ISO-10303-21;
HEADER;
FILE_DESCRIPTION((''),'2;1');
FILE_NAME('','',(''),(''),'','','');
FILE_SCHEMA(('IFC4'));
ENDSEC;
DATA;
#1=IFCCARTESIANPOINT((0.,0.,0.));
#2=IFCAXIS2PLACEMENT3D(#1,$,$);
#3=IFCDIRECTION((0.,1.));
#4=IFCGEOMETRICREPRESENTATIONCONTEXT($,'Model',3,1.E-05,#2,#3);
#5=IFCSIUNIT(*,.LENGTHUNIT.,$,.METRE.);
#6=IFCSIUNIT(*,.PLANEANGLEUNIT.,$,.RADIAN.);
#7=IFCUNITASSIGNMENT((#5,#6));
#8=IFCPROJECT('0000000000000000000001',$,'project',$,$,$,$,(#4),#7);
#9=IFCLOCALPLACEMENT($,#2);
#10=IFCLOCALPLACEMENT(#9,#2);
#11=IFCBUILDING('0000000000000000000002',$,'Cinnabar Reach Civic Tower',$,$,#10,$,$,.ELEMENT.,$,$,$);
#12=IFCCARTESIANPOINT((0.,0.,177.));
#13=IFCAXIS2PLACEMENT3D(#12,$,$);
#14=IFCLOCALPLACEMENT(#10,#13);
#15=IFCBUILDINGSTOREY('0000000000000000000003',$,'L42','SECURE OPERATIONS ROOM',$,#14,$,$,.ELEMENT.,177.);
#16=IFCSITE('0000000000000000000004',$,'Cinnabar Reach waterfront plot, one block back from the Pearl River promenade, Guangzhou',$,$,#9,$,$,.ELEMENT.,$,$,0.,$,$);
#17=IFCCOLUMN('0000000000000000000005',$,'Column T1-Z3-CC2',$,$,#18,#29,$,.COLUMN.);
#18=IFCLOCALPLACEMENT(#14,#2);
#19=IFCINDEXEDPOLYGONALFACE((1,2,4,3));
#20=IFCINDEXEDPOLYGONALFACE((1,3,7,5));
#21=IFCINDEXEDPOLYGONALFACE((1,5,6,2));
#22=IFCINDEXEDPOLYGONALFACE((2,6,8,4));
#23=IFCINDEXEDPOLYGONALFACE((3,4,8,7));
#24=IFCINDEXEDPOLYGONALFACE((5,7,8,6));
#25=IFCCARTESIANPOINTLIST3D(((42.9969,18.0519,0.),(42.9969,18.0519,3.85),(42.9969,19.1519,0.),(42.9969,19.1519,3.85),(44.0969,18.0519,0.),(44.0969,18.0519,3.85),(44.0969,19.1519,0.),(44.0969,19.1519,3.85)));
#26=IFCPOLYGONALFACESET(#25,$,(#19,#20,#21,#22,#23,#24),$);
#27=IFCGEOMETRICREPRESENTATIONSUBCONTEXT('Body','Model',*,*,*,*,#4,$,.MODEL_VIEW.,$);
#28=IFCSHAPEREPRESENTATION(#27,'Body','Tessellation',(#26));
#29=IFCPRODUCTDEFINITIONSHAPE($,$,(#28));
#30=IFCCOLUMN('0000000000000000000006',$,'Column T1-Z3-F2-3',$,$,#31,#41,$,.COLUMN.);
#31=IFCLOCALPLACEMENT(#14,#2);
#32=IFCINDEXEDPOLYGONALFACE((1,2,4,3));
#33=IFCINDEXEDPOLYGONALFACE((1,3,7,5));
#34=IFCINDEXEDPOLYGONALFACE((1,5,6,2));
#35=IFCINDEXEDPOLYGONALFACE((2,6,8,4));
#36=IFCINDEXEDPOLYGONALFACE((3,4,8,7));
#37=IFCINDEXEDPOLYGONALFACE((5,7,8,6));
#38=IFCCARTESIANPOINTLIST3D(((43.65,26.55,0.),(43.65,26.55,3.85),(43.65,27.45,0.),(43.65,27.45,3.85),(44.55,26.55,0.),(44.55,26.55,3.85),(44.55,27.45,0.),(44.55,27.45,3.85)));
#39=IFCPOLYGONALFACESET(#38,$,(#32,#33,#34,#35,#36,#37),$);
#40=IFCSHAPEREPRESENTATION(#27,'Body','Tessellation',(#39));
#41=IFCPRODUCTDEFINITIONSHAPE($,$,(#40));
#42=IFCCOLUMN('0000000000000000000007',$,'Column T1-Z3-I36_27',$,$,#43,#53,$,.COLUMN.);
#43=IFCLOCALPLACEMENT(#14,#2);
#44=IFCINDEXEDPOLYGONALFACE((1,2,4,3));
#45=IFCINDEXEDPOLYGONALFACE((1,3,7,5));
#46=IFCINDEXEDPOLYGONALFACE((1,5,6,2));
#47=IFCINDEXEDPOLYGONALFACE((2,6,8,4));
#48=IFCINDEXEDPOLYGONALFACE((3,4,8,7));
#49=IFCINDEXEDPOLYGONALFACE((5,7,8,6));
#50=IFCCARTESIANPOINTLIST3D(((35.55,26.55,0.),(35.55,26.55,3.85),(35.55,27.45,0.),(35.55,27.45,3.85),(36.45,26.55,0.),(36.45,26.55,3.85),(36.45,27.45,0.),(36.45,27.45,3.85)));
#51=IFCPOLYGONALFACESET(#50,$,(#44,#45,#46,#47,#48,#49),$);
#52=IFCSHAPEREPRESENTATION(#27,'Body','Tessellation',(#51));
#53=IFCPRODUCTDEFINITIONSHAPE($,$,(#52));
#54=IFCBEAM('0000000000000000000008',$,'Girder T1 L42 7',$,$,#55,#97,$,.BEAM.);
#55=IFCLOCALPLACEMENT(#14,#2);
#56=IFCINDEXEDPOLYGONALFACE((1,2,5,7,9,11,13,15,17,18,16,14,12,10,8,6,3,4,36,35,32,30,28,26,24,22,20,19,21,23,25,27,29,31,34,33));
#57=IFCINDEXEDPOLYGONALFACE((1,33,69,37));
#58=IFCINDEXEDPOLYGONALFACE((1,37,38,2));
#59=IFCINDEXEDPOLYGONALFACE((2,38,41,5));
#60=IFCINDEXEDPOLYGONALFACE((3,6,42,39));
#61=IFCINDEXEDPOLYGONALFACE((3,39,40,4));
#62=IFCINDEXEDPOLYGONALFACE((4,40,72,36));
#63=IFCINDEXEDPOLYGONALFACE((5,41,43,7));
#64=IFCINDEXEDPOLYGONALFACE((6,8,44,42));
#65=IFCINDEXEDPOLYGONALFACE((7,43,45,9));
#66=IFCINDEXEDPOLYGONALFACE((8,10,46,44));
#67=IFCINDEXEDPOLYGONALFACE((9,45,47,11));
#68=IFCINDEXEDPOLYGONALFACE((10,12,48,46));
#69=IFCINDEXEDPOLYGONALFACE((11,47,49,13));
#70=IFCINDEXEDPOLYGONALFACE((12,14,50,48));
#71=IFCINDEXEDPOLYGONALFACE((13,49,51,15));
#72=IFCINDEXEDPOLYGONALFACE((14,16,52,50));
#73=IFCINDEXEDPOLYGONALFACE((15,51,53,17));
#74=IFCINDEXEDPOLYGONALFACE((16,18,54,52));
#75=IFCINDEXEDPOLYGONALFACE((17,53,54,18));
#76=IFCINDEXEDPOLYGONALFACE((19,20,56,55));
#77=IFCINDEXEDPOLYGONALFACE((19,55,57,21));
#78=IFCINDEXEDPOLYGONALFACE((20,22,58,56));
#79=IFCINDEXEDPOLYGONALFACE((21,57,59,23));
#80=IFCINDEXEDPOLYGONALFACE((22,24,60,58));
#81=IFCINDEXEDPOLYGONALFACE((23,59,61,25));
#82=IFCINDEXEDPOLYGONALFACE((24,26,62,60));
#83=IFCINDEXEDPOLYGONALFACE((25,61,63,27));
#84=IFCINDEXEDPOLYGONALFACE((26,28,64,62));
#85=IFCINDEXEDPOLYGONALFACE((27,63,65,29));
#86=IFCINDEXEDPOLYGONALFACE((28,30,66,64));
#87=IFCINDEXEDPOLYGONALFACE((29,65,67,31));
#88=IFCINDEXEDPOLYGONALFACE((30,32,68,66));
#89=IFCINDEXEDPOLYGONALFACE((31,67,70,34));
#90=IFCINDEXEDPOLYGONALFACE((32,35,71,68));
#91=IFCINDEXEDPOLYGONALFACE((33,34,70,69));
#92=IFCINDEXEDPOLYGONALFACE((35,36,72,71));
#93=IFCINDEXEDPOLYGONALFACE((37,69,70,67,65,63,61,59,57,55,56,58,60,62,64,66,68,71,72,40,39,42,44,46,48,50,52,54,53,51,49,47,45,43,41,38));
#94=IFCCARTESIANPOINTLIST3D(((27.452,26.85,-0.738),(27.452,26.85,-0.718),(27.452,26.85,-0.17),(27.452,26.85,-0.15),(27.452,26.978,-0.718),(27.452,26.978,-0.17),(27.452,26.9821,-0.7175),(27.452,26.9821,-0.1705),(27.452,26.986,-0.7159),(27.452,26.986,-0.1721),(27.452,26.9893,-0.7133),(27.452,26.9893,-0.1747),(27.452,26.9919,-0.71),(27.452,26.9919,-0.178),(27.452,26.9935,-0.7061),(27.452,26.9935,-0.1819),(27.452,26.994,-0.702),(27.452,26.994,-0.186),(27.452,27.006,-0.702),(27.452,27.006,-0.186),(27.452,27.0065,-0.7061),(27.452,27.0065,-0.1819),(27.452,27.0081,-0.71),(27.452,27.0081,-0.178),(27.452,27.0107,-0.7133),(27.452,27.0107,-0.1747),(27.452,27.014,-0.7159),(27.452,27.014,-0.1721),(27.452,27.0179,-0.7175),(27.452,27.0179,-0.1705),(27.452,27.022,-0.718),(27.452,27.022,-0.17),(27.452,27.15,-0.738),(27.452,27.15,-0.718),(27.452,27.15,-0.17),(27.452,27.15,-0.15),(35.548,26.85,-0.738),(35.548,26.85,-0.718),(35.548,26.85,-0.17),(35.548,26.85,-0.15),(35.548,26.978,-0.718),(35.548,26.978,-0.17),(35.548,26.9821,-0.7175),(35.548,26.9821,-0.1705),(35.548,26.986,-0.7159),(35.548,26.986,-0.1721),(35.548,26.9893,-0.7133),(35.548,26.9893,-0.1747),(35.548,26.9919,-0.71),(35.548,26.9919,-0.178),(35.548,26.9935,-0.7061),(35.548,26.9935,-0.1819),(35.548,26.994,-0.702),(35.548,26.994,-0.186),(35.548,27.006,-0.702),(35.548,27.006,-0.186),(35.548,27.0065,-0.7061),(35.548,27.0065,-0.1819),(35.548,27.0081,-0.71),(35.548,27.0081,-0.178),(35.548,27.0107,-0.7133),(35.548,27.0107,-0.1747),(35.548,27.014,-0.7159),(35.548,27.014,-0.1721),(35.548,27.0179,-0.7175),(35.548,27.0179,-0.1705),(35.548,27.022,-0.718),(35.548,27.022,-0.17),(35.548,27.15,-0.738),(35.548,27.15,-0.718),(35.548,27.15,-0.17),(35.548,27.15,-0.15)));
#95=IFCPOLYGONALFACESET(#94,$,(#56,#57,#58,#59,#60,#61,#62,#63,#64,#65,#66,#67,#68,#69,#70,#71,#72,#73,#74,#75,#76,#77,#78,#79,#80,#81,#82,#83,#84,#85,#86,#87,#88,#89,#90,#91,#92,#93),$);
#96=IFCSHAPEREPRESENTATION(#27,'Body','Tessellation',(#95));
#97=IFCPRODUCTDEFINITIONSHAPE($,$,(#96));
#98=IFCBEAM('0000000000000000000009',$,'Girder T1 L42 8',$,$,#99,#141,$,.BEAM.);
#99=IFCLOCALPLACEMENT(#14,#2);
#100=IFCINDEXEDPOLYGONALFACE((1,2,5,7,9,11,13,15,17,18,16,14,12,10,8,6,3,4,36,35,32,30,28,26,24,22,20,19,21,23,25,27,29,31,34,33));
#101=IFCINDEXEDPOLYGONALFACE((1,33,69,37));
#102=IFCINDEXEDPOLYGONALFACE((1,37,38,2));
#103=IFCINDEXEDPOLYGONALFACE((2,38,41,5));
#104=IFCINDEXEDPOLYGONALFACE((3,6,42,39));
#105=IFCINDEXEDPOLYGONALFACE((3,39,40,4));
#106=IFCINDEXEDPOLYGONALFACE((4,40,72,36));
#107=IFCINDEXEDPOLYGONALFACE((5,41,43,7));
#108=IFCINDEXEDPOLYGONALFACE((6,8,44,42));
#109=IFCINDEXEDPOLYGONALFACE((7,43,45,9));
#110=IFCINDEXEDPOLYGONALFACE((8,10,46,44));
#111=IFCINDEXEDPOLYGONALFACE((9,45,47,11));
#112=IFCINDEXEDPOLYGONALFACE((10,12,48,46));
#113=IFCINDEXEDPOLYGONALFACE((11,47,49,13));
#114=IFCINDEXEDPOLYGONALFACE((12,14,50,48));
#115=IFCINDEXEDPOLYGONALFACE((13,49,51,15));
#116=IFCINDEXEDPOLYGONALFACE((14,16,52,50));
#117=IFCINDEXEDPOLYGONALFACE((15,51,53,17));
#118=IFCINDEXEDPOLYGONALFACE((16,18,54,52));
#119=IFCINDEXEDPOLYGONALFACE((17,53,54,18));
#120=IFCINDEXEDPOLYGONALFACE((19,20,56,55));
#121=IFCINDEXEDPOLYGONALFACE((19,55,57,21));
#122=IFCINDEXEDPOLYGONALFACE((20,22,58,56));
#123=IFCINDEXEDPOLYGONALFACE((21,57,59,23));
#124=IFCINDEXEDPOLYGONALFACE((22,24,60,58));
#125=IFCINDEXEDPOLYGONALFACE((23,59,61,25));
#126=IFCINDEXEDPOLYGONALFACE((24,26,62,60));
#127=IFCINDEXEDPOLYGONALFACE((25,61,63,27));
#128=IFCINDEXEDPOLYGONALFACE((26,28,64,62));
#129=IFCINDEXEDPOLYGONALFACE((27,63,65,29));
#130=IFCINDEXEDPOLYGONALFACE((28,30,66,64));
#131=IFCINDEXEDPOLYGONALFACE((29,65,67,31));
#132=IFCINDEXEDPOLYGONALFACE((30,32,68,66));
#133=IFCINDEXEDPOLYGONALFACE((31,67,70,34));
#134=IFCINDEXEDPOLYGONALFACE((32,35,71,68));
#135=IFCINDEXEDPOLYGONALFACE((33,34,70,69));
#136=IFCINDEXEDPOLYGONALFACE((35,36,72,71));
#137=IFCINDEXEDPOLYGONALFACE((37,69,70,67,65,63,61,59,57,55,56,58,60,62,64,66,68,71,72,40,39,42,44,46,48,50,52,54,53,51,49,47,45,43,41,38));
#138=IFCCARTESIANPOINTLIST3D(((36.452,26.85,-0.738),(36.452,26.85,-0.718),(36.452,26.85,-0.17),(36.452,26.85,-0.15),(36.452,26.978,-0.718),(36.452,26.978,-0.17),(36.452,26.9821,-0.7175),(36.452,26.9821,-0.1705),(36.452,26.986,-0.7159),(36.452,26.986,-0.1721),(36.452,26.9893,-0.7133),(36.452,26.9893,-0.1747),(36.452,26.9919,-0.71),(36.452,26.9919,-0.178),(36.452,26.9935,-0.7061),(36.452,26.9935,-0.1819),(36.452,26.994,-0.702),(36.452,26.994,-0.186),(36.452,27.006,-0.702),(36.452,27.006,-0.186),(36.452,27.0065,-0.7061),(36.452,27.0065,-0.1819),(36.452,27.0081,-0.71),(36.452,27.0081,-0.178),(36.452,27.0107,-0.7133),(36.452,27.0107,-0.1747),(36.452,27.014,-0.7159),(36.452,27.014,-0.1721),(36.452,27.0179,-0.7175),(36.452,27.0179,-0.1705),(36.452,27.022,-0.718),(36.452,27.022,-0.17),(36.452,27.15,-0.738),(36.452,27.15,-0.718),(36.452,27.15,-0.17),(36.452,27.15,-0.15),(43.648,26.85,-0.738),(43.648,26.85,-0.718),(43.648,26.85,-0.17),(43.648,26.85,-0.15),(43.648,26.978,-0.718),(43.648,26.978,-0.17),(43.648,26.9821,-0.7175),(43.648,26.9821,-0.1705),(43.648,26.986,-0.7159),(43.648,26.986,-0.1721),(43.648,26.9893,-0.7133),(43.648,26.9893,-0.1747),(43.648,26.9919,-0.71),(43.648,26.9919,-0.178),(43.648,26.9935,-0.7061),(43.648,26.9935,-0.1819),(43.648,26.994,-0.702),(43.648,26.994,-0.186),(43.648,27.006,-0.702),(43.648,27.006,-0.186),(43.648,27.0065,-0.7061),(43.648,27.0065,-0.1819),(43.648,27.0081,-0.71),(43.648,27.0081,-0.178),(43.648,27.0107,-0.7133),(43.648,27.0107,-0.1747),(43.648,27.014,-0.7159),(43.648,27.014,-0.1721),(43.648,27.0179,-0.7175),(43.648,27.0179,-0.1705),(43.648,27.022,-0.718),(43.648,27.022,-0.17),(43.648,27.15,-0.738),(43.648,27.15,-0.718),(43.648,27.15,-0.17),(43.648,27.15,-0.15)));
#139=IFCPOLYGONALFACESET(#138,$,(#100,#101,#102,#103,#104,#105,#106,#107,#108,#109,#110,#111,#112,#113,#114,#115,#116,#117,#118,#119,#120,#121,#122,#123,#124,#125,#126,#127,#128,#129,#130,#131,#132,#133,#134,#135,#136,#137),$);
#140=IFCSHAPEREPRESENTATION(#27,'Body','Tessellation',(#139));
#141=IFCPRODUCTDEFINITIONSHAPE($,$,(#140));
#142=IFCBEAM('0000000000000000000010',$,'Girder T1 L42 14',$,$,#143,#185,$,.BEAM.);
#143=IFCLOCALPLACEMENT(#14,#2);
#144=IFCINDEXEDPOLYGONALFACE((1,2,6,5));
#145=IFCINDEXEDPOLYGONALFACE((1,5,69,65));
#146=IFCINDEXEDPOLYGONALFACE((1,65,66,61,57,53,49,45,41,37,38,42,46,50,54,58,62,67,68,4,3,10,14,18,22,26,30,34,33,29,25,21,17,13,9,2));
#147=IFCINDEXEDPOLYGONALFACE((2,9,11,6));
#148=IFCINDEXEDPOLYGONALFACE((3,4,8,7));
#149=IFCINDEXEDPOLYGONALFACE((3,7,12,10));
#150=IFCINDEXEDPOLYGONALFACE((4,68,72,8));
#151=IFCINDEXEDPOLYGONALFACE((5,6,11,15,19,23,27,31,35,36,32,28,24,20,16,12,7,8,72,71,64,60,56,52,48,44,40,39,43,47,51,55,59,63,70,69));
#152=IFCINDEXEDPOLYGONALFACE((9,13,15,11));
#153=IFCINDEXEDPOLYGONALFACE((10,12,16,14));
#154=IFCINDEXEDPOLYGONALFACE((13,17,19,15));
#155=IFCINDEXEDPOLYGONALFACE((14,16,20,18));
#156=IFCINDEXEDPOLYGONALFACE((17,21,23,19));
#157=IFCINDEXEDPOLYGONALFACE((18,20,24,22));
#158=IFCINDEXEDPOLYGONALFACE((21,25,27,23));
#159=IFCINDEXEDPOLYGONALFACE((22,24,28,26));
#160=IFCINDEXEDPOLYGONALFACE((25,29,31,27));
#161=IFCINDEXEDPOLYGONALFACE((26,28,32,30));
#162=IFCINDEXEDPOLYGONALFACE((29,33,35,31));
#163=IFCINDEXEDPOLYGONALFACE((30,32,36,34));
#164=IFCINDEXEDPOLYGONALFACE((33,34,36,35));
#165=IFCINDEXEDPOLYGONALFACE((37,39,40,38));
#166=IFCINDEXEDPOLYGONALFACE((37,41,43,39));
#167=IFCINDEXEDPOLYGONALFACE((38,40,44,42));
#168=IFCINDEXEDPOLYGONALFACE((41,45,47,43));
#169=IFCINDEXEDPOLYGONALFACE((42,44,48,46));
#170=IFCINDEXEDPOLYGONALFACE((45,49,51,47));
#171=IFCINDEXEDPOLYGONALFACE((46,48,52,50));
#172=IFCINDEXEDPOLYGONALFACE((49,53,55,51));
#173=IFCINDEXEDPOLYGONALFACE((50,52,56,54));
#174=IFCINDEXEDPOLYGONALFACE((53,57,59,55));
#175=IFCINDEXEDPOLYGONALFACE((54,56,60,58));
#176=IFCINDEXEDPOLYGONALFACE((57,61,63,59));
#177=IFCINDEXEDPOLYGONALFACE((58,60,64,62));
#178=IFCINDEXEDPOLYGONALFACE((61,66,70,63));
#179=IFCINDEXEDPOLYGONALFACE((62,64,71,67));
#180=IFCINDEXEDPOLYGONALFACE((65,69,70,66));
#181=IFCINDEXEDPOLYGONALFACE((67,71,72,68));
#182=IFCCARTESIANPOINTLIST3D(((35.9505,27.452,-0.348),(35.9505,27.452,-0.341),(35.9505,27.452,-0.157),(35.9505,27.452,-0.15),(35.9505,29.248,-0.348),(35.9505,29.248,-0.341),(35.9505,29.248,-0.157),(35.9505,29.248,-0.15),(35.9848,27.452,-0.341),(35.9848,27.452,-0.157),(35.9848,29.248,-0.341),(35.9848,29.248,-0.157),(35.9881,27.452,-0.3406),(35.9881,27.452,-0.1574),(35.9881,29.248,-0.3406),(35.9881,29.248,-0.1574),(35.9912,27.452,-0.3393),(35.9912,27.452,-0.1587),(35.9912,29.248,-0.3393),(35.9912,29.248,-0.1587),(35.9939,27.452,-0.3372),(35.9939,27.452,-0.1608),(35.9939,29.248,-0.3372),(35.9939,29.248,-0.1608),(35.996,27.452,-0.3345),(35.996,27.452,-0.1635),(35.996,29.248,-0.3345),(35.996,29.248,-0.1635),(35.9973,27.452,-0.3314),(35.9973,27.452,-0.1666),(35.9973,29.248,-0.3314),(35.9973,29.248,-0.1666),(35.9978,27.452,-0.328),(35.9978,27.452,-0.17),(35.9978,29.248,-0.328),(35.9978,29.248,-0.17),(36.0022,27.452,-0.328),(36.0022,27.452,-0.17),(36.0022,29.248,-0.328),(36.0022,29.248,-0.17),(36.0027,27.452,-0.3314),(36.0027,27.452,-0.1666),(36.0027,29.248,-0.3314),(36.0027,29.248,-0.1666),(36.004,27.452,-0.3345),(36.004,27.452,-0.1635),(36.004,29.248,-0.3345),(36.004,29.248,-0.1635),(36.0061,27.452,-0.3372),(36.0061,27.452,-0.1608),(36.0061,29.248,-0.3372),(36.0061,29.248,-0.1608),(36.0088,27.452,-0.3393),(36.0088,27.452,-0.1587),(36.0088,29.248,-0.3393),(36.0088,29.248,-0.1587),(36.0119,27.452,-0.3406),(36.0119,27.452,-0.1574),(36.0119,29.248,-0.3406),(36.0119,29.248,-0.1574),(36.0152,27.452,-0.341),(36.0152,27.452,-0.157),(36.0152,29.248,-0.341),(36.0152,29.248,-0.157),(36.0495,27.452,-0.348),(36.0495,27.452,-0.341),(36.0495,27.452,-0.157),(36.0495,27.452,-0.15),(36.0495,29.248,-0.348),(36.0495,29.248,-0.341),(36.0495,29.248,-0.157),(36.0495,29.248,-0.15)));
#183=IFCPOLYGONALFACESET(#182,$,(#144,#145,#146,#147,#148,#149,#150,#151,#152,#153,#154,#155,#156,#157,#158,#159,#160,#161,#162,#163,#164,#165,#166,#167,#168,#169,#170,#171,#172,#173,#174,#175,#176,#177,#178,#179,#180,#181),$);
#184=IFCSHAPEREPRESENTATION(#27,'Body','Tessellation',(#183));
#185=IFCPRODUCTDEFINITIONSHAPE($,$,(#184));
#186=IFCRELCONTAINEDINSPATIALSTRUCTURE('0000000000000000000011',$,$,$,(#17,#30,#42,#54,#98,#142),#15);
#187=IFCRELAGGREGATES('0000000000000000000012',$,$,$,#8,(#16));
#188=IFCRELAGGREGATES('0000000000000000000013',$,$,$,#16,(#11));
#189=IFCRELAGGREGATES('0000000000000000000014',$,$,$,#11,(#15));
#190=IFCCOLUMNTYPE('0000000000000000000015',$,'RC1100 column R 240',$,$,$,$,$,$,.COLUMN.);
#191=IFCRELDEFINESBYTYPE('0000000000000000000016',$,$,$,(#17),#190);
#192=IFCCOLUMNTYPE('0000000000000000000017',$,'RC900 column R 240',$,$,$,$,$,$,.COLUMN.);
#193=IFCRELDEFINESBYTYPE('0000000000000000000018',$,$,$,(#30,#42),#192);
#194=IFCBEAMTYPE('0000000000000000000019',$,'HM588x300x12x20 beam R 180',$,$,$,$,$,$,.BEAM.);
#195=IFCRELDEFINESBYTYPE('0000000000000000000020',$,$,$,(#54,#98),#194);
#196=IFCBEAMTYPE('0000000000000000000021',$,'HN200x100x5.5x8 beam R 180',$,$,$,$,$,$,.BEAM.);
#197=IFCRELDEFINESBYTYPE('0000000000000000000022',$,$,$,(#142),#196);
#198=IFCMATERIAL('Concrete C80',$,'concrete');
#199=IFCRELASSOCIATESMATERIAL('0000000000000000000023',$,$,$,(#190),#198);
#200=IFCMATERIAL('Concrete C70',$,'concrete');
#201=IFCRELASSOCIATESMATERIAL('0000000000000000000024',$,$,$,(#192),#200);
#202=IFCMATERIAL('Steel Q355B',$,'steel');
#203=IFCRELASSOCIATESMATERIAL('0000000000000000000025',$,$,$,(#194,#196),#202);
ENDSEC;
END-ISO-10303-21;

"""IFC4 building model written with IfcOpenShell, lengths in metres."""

from ifc_helpers import new_model, si_unit, direction, frame, origin, origin_2d, place, context, subcontext, project, spatial, rectangle, i_section, extrude, material, material_profile, profile_set, type_object, element, save


model = new_model("IFC4")

# Units and contexts
model_context = context("Model", 3, precision=1e-05, world=origin(), true_north=direction((0.0, 1.0)))
body_context = subcontext(model_context, "Body", "Model", "MODEL_VIEW")
ifc_project = project(units=[si_unit("LENGTHUNIT", "METRE"), si_unit("PLANEANGLEUNIT", "RADIAN")], contexts=[model_context])

# Site, building, storey
site_placement = place(None, origin())
site = spatial("IfcSite", under=ifc_project, at=site_placement, Name="Cinnabar Reach waterfront plot, one block back from the Pearl River promenade, Guangzhou", CompositionType="ELEMENT", RefElevation=0.0)
building_placement = place(site_placement, origin())
building = spatial("IfcBuilding", under=site, at=building_placement, Name="Cinnabar Reach Civic Tower", CompositionType="ELEMENT")
storey_placement = place(building_placement, frame((0.0, 0.0, 177.0)))
storey = spatial("IfcBuildingStorey", under=building, at=storey_placement, Name="L42", Description="SECURE OPERATIONS ROOM", CompositionType="ELEMENT", Elevation=177.0)

# Columns
ifc_material_1 = material(Name="Concrete C80", Category="concrete")
ifc_material_profile_1 = material_profile(ifc_material_1, rectangle(XDim=1.1, YDim=1.1, at=origin_2d()), Name="RC1100")
ifc_profile_set_1 = profile_set([ifc_material_profile_1], Name="Concrete C80")
column_type_1 = type_object("IfcColumnType", Name="RC1100 column R 240", PredefinedType="COLUMN", material=ifc_profile_set_1)
column_placement = place(storey_placement, frame((43.5469, 18.6019, 0.0), z_axis=(0.0, 0.0, 1.0), x_axis=(1.0, 0.0, 0.0)))
element("IfcColumn", 1, at=column_placement, inside=storey, type_object=column_type_1, Name="Column T1-Z3-CC2", PredefinedType="COLUMN", context=body_context, shape_type="SweptSolid", body=[
    extrude(rectangle(XDim=1.1, YDim=1.1, at=origin_2d()), origin(), (0.0, 0.0, 1.0), 3.85),
])
ifc_material_2 = material(Name="Concrete C70", Category="concrete")
ifc_material_profile_2 = material_profile(ifc_material_2, rectangle(XDim=0.9, YDim=0.9, at=origin_2d()), Name="RC900")
ifc_profile_set_2 = profile_set([ifc_material_profile_2], Name="Concrete C70")
column_type_2 = type_object("IfcColumnType", Name="RC900 column R 240", PredefinedType="COLUMN", material=ifc_profile_set_2)
for number, where, z_axis, x_axis, name in (
    (2, (44.1, 27.0, 0.0), (0.0, 0.0, 1.0), (1.0, 0.0, 0.0), "Column T1-Z3-F2-3"),
    (3, (36.0, 27.0, 0.0), (0.0, 0.0, 1.0), (1.0, 0.0, 0.0), "Column T1-Z3-I36_27"),
):
    element("IfcColumn", number, at=place(storey_placement, frame(where, z_axis=z_axis, x_axis=x_axis)), inside=storey, type_object=column_type_2, Name=name, PredefinedType="COLUMN", context=body_context, shape_type="SweptSolid", body=[
        extrude(rectangle(XDim=0.9, YDim=0.9, at=origin_2d()), origin(), (0.0, 0.0, 1.0), 3.85),
    ])

# Beams
ifc_material_3 = material(Name="Steel Q355B", Category="steel")
ifc_material_profile_3 = material_profile(ifc_material_3, i_section(OverallWidth=0.3, OverallDepth=0.588, WebThickness=0.012, FlangeThickness=0.02, FilletRadius=0.016, at=origin_2d()), Name="HM588x300x12x20")
ifc_profile_set_3 = profile_set([ifc_material_profile_3], Name="Steel Q355B")
beam_type_1 = type_object("IfcBeamType", Name="HM588x300x12x20 beam R 180", PredefinedType="BEAM", material=ifc_profile_set_3)
beam_1_placement = place(storey_placement, frame((27.452, 27.0, -0.444), z_axis=(1.0, 0.0, 0.0), x_axis=(0.0, 1.0, 0.0)))
element("IfcBeam", 4, at=beam_1_placement, inside=storey, type_object=beam_type_1, Name="Girder T1 L42 7", PredefinedType="BEAM", context=body_context, shape_type="SweptSolid", body=[
    extrude(i_section(OverallWidth=0.3, OverallDepth=0.588, WebThickness=0.012, FlangeThickness=0.02, FilletRadius=0.016, at=origin_2d()), origin(), (0.0, 0.0, 1.0), 8.096),
])
beam_2_placement = place(storey_placement, frame((36.452, 27.0, -0.444), z_axis=(1.0, 0.0, 0.0), x_axis=(0.0, 1.0, 0.0)))
element("IfcBeam", 5, at=beam_2_placement, inside=storey, type_object=beam_type_1, Name="Girder T1 L42 8", PredefinedType="BEAM", context=body_context, shape_type="SweptSolid", body=[
    extrude(i_section(OverallWidth=0.3, OverallDepth=0.588, WebThickness=0.012, FlangeThickness=0.02, FilletRadius=0.016, at=origin_2d()), origin(), (0.0, 0.0, 1.0), 7.196),
])
ifc_material_profile_4 = material_profile(ifc_material_3, i_section(OverallWidth=0.099, OverallDepth=0.198, WebThickness=0.0045, FlangeThickness=0.007, FilletRadius=0.013, at=origin_2d()), Name="HN200x100x5.5x8")
ifc_profile_set_4 = profile_set([ifc_material_profile_4], Name="Steel Q355B")
beam_type_2 = type_object("IfcBeamType", Name="HN200x100x5.5x8 beam R 180", PredefinedType="BEAM", material=ifc_profile_set_4)
beam_3_placement = place(storey_placement, frame((36.0, 27.452, -0.249), z_axis=(0.0, 1.0, 0.0), x_axis=(-1.0, 0.0, 0.0)))
element("IfcBeam", 6, at=beam_3_placement, inside=storey, type_object=beam_type_2, Name="Girder T1 L42 14", PredefinedType="BEAM", context=body_context, shape_type="SweptSolid", body=[
    extrude(i_section(OverallWidth=0.099, OverallDepth=0.198, WebThickness=0.0045, FlangeThickness=0.007, FilletRadius=0.013, at=origin_2d()), origin(), (0.0, 0.0, 1.0), 1.796),
])

save(model, "model.ifc")
